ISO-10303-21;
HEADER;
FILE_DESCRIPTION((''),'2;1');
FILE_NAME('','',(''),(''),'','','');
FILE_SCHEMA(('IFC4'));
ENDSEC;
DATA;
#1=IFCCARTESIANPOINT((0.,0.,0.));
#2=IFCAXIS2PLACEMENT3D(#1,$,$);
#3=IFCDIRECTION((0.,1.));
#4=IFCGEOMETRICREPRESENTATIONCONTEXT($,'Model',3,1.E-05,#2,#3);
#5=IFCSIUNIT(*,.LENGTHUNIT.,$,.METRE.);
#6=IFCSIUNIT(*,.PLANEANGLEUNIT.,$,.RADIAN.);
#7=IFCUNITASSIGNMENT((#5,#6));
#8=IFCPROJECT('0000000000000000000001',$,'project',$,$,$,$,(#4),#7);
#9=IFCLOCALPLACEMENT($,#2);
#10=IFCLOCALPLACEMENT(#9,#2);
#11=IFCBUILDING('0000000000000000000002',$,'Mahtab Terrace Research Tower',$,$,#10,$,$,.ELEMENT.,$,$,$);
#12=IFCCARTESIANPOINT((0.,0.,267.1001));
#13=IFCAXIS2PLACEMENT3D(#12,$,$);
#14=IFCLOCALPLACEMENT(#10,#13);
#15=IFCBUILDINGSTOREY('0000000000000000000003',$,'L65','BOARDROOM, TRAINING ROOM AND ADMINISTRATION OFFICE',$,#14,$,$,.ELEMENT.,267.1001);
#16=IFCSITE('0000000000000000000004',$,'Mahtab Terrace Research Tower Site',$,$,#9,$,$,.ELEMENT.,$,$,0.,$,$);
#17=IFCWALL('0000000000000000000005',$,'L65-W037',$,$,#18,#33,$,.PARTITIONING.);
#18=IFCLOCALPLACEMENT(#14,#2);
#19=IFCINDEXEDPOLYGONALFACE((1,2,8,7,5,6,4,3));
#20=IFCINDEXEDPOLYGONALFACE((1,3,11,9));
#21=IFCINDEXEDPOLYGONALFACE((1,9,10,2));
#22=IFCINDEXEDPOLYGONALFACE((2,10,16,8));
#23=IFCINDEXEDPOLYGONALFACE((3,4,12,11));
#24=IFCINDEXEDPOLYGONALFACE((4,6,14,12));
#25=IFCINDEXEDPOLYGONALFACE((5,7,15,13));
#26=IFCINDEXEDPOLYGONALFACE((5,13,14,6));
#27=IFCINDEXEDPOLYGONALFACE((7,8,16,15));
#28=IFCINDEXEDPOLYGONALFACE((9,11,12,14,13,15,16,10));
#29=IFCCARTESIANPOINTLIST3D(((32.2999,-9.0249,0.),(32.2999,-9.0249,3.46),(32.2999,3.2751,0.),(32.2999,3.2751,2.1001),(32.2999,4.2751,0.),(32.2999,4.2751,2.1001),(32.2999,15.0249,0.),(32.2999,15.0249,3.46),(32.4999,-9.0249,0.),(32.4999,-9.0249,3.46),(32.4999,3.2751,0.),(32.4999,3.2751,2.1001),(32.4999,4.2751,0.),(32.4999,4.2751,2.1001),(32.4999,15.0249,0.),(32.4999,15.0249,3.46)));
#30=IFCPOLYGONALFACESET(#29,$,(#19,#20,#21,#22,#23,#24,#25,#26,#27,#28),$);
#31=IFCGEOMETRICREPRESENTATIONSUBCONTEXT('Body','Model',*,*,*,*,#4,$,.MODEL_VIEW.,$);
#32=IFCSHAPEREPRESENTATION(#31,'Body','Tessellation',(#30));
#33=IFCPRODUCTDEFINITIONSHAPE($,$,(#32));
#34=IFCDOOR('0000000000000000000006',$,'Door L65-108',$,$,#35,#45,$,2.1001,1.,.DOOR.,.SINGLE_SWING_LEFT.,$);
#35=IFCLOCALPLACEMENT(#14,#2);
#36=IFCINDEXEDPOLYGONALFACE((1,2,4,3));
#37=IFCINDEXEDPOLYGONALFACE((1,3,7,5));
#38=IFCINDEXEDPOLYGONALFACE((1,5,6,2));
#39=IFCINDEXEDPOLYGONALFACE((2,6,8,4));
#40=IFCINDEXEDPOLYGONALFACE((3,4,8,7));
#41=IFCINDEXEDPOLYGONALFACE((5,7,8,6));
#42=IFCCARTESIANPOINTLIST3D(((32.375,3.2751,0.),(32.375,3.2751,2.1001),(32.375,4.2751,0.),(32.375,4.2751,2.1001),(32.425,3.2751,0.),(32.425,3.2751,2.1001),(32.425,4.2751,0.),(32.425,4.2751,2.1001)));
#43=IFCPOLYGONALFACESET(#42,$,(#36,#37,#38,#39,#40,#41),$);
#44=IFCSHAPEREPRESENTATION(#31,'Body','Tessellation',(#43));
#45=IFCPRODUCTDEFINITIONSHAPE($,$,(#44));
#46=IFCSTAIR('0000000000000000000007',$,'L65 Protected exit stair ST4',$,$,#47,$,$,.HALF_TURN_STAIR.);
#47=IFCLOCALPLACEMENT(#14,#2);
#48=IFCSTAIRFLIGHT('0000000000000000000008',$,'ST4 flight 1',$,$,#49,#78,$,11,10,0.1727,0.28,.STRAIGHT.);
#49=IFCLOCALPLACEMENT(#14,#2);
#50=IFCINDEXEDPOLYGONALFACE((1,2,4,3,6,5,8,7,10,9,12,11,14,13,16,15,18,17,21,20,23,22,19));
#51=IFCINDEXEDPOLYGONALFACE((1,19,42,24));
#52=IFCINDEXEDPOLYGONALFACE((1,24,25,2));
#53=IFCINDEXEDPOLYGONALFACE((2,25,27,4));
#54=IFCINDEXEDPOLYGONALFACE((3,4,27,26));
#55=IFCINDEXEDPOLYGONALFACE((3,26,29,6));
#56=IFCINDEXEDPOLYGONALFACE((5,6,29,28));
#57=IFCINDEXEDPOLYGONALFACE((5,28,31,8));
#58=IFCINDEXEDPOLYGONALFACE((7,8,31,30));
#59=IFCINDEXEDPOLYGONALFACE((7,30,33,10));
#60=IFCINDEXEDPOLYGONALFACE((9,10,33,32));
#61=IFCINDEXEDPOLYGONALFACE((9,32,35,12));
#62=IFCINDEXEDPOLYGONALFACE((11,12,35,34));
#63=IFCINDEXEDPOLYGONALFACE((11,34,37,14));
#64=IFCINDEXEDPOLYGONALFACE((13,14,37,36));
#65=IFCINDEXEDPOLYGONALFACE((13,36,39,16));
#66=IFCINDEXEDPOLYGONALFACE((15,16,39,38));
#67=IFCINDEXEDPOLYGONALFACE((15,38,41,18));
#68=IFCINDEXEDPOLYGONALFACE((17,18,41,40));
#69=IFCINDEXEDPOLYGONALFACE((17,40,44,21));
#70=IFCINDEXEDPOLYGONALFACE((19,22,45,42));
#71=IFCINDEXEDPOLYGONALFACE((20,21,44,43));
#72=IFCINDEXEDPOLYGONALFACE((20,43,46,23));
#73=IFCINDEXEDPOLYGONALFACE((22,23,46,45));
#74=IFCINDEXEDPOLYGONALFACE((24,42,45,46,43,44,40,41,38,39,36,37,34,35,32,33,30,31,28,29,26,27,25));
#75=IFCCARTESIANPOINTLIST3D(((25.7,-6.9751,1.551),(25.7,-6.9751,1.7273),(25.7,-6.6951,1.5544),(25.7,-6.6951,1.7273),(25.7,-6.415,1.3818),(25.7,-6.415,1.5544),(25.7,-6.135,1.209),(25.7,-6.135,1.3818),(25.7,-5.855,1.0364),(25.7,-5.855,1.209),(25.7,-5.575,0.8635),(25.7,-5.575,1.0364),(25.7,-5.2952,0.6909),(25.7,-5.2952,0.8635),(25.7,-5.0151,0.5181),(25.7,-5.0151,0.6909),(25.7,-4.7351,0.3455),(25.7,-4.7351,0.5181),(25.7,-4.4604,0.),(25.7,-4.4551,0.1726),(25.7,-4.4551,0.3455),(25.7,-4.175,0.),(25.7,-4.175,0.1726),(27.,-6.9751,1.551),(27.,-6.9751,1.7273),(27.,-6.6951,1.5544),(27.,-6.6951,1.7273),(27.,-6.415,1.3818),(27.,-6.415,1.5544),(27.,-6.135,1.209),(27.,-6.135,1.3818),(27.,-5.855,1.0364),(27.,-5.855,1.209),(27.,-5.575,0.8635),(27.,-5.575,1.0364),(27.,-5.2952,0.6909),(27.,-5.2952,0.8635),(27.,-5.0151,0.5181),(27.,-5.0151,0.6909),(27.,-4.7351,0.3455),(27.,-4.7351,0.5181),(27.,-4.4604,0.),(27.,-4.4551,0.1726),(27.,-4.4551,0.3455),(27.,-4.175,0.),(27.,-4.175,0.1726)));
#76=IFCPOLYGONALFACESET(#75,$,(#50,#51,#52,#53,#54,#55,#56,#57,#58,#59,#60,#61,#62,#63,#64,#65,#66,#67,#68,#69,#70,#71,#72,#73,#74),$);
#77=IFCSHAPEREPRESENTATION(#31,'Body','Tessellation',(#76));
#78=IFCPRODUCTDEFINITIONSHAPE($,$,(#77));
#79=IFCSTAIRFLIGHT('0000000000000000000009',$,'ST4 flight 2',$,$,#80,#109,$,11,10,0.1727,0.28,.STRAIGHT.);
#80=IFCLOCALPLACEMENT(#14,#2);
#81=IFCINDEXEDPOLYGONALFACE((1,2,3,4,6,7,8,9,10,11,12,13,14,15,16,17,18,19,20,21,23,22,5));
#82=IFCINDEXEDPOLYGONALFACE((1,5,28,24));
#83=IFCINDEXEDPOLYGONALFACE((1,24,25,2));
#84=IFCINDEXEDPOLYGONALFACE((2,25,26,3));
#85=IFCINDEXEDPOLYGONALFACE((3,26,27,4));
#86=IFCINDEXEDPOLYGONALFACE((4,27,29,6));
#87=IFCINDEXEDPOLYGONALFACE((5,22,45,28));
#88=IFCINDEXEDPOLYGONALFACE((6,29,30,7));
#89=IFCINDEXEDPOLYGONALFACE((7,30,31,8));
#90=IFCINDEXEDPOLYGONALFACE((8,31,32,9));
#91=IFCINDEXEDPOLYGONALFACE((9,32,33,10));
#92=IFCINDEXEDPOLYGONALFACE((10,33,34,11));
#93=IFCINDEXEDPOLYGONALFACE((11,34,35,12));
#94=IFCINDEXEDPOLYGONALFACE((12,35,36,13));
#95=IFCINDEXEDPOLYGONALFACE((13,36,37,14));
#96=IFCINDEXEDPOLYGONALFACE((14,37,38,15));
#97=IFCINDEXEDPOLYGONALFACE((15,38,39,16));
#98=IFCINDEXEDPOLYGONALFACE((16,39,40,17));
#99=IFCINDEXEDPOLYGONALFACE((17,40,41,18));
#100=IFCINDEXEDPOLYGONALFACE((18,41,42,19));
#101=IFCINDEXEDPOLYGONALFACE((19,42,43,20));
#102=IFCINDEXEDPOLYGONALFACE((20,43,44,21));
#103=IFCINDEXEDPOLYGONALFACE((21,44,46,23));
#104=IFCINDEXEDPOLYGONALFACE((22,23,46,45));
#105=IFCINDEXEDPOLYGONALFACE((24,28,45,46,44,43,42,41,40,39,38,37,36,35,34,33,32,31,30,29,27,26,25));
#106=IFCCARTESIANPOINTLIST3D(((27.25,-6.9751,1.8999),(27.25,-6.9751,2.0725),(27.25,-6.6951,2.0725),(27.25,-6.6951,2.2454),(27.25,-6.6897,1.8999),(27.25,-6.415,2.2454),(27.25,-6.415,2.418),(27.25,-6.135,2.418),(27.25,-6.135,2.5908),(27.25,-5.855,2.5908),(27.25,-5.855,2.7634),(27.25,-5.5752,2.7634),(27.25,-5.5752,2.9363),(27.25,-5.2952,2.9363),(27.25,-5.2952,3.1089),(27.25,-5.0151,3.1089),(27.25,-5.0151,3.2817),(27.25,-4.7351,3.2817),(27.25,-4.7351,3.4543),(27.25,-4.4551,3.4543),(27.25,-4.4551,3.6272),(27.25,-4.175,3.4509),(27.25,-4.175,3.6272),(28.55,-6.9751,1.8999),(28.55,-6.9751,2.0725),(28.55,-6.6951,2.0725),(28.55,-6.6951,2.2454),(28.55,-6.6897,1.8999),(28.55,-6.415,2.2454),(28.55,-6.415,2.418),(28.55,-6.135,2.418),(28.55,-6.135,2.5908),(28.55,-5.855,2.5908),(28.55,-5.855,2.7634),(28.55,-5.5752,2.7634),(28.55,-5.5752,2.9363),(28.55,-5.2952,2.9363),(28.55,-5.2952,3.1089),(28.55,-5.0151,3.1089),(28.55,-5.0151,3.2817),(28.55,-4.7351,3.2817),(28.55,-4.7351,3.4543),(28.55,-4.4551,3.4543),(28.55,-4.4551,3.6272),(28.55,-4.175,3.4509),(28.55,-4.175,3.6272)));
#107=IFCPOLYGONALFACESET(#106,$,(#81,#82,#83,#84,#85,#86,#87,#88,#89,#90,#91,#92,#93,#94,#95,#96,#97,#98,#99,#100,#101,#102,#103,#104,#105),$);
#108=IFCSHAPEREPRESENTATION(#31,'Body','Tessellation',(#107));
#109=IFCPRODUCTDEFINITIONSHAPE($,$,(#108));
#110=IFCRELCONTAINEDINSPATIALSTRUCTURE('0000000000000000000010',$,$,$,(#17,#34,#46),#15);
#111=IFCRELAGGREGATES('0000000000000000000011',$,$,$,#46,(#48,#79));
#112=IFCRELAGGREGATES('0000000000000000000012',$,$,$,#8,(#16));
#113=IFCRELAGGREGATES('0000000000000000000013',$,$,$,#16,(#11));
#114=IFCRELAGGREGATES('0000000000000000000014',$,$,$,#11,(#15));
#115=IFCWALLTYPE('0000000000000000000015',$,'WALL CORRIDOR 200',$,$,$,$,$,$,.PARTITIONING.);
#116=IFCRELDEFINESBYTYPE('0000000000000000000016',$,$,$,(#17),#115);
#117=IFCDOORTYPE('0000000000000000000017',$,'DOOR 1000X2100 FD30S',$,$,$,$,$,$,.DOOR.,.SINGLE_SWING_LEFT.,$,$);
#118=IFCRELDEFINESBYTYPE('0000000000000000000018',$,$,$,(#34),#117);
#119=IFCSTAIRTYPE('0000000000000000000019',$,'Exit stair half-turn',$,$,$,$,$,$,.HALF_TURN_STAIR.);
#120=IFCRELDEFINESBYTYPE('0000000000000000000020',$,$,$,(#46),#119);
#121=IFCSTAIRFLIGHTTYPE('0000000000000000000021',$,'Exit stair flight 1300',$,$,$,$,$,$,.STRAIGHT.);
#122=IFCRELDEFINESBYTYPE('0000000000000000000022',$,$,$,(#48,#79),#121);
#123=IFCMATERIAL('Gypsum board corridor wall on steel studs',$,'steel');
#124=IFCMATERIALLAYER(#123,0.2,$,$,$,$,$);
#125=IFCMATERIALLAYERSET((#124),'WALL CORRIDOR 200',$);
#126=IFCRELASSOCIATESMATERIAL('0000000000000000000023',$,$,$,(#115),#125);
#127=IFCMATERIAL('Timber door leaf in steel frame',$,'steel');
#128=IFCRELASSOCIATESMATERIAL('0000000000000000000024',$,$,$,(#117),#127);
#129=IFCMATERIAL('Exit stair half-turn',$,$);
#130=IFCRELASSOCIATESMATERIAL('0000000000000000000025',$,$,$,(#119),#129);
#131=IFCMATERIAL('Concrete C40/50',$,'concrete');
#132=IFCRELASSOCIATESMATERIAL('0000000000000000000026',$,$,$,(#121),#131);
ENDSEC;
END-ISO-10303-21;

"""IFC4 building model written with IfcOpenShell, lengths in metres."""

from ifc_helpers import new_model, si_unit, direction, frame, frame_2d, origin, place, context, subcontext, project, spatial, polyline, rectangle, outline, extrude, material, layer, layer_set, type_object, element, fill, aggregate, save


model = new_model("IFC4")

# Units and contexts
model_context = context("Model", 3, precision=1e-05, world=origin(), true_north=direction((0.0, 1.0)))
body_context = subcontext(model_context, "Body", "Model", "MODEL_VIEW")
ifc_project = project(units=[si_unit("LENGTHUNIT", "METRE"), si_unit("PLANEANGLEUNIT", "RADIAN")], contexts=[model_context])

# Site, building, storey
site_placement = place(None, origin())
site = spatial("IfcSite", under=ifc_project, at=site_placement, Name="Mahtab Terrace Research Tower Site", CompositionType="ELEMENT", RefElevation=0.0)
building_placement = place(site_placement, origin())
building = spatial("IfcBuilding", under=site, at=building_placement, Name="Mahtab Terrace Research Tower", CompositionType="ELEMENT")
storey_placement = place(building_placement, frame((0.0, 0.0, 267.1001)))
storey = spatial("IfcBuildingStorey", under=building, at=storey_placement, Name="L65", Description="BOARDROOM, TRAINING ROOM AND ADMINISTRATION OFFICE", CompositionType="ELEMENT", Elevation=267.1001)

# Wall, opening, door
ifc_material_1 = material(Name="Gypsum board corridor wall on steel studs", Category="steel")
ifc_layer_1 = layer(ifc_material_1, 0.2)
ifc_layer_set_1 = layer_set([ifc_layer_1], Name="WALL CORRIDOR 200")
wall_type_1 = type_object("IfcWallType", Name="WALL CORRIDOR 200", PredefinedType="PARTITIONING", material=ifc_layer_set_1)
ifc_material_2 = material(Name="Timber door leaf in steel frame", Category="steel")
door_type_1 = type_object("IfcDoorType", Name="DOOR 1000X2100 FD30S", OperationType="SINGLE_SWING_LEFT", PredefinedType="DOOR", material=ifc_material_2)
wall_1_placement = place(storey_placement, frame((32.3999, -9.0249, 0.0), z_axis=(0.0, 0.0, 1.0), x_axis=(0.0, 1.0, 0.0)))
wall_1 = element("IfcWall", 1, at=wall_1_placement, inside=storey, type_object=wall_type_1, Name="L65-W037", PredefinedType="PARTITIONING", context=body_context, shape_type="SweptSolid", body=[
    extrude(rectangle(XDim=24.0498, YDim=0.2, at=frame_2d((12.0249, 0.0))), origin(), (0.0, 0.0, 1.0), 3.46),
])
opening_1_placement = place(wall_1_placement, frame((12.3, 0.0, 0.0)))
opening_1 = element("IfcOpeningElement", 2, at=opening_1_placement, cuts=wall_1, PredefinedType="OPENING", context=body_context, shape_type="SweptSolid", body=[
    extrude(rectangle(XDim=1.0, YDim=2.1001, at=frame_2d((0.5, 1.05))), frame((0.0, 0.1099, 0.0), z_axis=(0.0, -1.0, 0.0), x_axis=(1.0, 0.0, 0.0)), (0.0, 0.0, 1.0), 0.22),
])
door_1_placement = place(opening_1_placement, origin())
door_1 = element("IfcDoor", 3, at=door_1_placement, inside=storey, type_object=door_type_1, Name="Door L65-108", OperationType="SINGLE_SWING_LEFT", OverallHeight=2.1001, OverallWidth=1.0, PredefinedType="DOOR", context=body_context, shape_type="SweptSolid", body=[
    extrude(rectangle(XDim=1.0, YDim=2.1001, at=frame_2d((0.5, 1.05))), frame((0.0, 0.0249, 0.0), z_axis=(0.0, -1.0, 0.0), x_axis=(1.0, 0.0, 0.0)), (0.0, 0.0, 1.0), 0.05),
])
fill(opening_1, door_1)

# Stair, stair flights
ifc_material_3 = material(Name="Exit stair half-turn")
stair_type = type_object("IfcStairType", Name="Exit stair half-turn", PredefinedType="HALF_TURN_STAIR", material=ifc_material_3)
stair_placement = place(storey_placement, origin())
stair = element("IfcStair", 4, at=stair_placement, inside=storey, type_object=stair_type, Name="L65 Protected exit stair ST4", PredefinedType="HALF_TURN_STAIR")
ifc_material_4 = material(Name="Concrete C40/50", Category="concrete")
stair_flight_type = type_object("IfcStairFlightType", Name="Exit stair flight 1300", PredefinedType="STRAIGHT", material=ifc_material_4)
stair_flight_1_placement = place(storey_placement, frame((26.3501, -4.175, 0.0), z_axis=(0.0, 0.0, 1.0), x_axis=(0.0, -1.0, 0.0)))
stair_flight_1 = element("IfcStairFlight", 5, at=stair_flight_1_placement, type_object=stair_flight_type, Name="ST4 flight 1", NumberOfRisers=11, NumberOfTreads=10, PredefinedType="STRAIGHT", RiserHeight=0.1727, TreadLength=0.28, context=body_context, shape_type="SweptSolid", body=[
    extrude(outline(polyline([(0.0, 0.0), (0.0, 0.1726), (0.28, 0.1726), (0.28, 0.3455), (0.5601, 0.3455), (0.5601, 0.5181), (0.8401, 0.5181), (0.8401, 0.6909), (1.1201, 0.6909), (1.1201, 0.8635), (1.3999, 0.8635), (1.3999, 1.0364), (1.6799, 1.0364), (1.6799, 1.209), (1.96, 1.209), (1.96, 1.3818), (2.24, 1.3818), (2.24, 1.5544), (2.52, 1.5544), (2.52, 1.7273), (2.8, 1.7273), (2.8, 1.8999), (2.8, 1.551), (0.2854, 0.0), (0.0, 0.0)])), frame((0.0, 0.6499, 0.0), z_axis=(0.0, -1.0, 0.0), x_axis=(1.0, 0.0, 0.0)), (0.0, 0.0, 1.0), 1.3),
])
stair_flight_2_placement = place(storey_placement, frame((27.8999, -6.9751, 1.8999), z_axis=(0.0, 0.0, 1.0), x_axis=(0.0, 1.0, 0.0)))
stair_flight_2 = element("IfcStairFlight", 6, at=stair_flight_2_placement, type_object=stair_flight_type, Name="ST4 flight 2", NumberOfRisers=11, NumberOfTreads=10, PredefinedType="STRAIGHT", RiserHeight=0.1727, TreadLength=0.28, context=body_context, shape_type="SweptSolid", body=[
    extrude(outline(polyline([(0.0, 0.0), (0.0, 0.1726), (0.28, 0.1726), (0.28, 0.3455), (0.5601, 0.3455), (0.5601, 0.5181), (0.8401, 0.5181), (0.8401, 0.6909), (1.1201, 0.6909), (1.1201, 0.8635), (1.3999, 0.8635), (1.3999, 1.0364), (1.6799, 1.0364), (1.6799, 1.209), (1.96, 1.209), (1.96, 1.3818), (2.24, 1.3818), (2.24, 1.5544), (2.52, 1.5544), (2.52, 1.7273), (2.8, 1.7273), (2.8, 1.8999), (2.8, 1.551), (0.2854, 0.0), (0.0, 0.0)])), frame((0.0, 0.6499, 0.0), z_axis=(0.0, -1.0, 0.0), x_axis=(1.0, 0.0, 0.0)), (0.0, 0.0, 1.0), 1.3),
])
aggregate(stair, [stair_flight_1, stair_flight_2])

save(model, "model.ifc")
